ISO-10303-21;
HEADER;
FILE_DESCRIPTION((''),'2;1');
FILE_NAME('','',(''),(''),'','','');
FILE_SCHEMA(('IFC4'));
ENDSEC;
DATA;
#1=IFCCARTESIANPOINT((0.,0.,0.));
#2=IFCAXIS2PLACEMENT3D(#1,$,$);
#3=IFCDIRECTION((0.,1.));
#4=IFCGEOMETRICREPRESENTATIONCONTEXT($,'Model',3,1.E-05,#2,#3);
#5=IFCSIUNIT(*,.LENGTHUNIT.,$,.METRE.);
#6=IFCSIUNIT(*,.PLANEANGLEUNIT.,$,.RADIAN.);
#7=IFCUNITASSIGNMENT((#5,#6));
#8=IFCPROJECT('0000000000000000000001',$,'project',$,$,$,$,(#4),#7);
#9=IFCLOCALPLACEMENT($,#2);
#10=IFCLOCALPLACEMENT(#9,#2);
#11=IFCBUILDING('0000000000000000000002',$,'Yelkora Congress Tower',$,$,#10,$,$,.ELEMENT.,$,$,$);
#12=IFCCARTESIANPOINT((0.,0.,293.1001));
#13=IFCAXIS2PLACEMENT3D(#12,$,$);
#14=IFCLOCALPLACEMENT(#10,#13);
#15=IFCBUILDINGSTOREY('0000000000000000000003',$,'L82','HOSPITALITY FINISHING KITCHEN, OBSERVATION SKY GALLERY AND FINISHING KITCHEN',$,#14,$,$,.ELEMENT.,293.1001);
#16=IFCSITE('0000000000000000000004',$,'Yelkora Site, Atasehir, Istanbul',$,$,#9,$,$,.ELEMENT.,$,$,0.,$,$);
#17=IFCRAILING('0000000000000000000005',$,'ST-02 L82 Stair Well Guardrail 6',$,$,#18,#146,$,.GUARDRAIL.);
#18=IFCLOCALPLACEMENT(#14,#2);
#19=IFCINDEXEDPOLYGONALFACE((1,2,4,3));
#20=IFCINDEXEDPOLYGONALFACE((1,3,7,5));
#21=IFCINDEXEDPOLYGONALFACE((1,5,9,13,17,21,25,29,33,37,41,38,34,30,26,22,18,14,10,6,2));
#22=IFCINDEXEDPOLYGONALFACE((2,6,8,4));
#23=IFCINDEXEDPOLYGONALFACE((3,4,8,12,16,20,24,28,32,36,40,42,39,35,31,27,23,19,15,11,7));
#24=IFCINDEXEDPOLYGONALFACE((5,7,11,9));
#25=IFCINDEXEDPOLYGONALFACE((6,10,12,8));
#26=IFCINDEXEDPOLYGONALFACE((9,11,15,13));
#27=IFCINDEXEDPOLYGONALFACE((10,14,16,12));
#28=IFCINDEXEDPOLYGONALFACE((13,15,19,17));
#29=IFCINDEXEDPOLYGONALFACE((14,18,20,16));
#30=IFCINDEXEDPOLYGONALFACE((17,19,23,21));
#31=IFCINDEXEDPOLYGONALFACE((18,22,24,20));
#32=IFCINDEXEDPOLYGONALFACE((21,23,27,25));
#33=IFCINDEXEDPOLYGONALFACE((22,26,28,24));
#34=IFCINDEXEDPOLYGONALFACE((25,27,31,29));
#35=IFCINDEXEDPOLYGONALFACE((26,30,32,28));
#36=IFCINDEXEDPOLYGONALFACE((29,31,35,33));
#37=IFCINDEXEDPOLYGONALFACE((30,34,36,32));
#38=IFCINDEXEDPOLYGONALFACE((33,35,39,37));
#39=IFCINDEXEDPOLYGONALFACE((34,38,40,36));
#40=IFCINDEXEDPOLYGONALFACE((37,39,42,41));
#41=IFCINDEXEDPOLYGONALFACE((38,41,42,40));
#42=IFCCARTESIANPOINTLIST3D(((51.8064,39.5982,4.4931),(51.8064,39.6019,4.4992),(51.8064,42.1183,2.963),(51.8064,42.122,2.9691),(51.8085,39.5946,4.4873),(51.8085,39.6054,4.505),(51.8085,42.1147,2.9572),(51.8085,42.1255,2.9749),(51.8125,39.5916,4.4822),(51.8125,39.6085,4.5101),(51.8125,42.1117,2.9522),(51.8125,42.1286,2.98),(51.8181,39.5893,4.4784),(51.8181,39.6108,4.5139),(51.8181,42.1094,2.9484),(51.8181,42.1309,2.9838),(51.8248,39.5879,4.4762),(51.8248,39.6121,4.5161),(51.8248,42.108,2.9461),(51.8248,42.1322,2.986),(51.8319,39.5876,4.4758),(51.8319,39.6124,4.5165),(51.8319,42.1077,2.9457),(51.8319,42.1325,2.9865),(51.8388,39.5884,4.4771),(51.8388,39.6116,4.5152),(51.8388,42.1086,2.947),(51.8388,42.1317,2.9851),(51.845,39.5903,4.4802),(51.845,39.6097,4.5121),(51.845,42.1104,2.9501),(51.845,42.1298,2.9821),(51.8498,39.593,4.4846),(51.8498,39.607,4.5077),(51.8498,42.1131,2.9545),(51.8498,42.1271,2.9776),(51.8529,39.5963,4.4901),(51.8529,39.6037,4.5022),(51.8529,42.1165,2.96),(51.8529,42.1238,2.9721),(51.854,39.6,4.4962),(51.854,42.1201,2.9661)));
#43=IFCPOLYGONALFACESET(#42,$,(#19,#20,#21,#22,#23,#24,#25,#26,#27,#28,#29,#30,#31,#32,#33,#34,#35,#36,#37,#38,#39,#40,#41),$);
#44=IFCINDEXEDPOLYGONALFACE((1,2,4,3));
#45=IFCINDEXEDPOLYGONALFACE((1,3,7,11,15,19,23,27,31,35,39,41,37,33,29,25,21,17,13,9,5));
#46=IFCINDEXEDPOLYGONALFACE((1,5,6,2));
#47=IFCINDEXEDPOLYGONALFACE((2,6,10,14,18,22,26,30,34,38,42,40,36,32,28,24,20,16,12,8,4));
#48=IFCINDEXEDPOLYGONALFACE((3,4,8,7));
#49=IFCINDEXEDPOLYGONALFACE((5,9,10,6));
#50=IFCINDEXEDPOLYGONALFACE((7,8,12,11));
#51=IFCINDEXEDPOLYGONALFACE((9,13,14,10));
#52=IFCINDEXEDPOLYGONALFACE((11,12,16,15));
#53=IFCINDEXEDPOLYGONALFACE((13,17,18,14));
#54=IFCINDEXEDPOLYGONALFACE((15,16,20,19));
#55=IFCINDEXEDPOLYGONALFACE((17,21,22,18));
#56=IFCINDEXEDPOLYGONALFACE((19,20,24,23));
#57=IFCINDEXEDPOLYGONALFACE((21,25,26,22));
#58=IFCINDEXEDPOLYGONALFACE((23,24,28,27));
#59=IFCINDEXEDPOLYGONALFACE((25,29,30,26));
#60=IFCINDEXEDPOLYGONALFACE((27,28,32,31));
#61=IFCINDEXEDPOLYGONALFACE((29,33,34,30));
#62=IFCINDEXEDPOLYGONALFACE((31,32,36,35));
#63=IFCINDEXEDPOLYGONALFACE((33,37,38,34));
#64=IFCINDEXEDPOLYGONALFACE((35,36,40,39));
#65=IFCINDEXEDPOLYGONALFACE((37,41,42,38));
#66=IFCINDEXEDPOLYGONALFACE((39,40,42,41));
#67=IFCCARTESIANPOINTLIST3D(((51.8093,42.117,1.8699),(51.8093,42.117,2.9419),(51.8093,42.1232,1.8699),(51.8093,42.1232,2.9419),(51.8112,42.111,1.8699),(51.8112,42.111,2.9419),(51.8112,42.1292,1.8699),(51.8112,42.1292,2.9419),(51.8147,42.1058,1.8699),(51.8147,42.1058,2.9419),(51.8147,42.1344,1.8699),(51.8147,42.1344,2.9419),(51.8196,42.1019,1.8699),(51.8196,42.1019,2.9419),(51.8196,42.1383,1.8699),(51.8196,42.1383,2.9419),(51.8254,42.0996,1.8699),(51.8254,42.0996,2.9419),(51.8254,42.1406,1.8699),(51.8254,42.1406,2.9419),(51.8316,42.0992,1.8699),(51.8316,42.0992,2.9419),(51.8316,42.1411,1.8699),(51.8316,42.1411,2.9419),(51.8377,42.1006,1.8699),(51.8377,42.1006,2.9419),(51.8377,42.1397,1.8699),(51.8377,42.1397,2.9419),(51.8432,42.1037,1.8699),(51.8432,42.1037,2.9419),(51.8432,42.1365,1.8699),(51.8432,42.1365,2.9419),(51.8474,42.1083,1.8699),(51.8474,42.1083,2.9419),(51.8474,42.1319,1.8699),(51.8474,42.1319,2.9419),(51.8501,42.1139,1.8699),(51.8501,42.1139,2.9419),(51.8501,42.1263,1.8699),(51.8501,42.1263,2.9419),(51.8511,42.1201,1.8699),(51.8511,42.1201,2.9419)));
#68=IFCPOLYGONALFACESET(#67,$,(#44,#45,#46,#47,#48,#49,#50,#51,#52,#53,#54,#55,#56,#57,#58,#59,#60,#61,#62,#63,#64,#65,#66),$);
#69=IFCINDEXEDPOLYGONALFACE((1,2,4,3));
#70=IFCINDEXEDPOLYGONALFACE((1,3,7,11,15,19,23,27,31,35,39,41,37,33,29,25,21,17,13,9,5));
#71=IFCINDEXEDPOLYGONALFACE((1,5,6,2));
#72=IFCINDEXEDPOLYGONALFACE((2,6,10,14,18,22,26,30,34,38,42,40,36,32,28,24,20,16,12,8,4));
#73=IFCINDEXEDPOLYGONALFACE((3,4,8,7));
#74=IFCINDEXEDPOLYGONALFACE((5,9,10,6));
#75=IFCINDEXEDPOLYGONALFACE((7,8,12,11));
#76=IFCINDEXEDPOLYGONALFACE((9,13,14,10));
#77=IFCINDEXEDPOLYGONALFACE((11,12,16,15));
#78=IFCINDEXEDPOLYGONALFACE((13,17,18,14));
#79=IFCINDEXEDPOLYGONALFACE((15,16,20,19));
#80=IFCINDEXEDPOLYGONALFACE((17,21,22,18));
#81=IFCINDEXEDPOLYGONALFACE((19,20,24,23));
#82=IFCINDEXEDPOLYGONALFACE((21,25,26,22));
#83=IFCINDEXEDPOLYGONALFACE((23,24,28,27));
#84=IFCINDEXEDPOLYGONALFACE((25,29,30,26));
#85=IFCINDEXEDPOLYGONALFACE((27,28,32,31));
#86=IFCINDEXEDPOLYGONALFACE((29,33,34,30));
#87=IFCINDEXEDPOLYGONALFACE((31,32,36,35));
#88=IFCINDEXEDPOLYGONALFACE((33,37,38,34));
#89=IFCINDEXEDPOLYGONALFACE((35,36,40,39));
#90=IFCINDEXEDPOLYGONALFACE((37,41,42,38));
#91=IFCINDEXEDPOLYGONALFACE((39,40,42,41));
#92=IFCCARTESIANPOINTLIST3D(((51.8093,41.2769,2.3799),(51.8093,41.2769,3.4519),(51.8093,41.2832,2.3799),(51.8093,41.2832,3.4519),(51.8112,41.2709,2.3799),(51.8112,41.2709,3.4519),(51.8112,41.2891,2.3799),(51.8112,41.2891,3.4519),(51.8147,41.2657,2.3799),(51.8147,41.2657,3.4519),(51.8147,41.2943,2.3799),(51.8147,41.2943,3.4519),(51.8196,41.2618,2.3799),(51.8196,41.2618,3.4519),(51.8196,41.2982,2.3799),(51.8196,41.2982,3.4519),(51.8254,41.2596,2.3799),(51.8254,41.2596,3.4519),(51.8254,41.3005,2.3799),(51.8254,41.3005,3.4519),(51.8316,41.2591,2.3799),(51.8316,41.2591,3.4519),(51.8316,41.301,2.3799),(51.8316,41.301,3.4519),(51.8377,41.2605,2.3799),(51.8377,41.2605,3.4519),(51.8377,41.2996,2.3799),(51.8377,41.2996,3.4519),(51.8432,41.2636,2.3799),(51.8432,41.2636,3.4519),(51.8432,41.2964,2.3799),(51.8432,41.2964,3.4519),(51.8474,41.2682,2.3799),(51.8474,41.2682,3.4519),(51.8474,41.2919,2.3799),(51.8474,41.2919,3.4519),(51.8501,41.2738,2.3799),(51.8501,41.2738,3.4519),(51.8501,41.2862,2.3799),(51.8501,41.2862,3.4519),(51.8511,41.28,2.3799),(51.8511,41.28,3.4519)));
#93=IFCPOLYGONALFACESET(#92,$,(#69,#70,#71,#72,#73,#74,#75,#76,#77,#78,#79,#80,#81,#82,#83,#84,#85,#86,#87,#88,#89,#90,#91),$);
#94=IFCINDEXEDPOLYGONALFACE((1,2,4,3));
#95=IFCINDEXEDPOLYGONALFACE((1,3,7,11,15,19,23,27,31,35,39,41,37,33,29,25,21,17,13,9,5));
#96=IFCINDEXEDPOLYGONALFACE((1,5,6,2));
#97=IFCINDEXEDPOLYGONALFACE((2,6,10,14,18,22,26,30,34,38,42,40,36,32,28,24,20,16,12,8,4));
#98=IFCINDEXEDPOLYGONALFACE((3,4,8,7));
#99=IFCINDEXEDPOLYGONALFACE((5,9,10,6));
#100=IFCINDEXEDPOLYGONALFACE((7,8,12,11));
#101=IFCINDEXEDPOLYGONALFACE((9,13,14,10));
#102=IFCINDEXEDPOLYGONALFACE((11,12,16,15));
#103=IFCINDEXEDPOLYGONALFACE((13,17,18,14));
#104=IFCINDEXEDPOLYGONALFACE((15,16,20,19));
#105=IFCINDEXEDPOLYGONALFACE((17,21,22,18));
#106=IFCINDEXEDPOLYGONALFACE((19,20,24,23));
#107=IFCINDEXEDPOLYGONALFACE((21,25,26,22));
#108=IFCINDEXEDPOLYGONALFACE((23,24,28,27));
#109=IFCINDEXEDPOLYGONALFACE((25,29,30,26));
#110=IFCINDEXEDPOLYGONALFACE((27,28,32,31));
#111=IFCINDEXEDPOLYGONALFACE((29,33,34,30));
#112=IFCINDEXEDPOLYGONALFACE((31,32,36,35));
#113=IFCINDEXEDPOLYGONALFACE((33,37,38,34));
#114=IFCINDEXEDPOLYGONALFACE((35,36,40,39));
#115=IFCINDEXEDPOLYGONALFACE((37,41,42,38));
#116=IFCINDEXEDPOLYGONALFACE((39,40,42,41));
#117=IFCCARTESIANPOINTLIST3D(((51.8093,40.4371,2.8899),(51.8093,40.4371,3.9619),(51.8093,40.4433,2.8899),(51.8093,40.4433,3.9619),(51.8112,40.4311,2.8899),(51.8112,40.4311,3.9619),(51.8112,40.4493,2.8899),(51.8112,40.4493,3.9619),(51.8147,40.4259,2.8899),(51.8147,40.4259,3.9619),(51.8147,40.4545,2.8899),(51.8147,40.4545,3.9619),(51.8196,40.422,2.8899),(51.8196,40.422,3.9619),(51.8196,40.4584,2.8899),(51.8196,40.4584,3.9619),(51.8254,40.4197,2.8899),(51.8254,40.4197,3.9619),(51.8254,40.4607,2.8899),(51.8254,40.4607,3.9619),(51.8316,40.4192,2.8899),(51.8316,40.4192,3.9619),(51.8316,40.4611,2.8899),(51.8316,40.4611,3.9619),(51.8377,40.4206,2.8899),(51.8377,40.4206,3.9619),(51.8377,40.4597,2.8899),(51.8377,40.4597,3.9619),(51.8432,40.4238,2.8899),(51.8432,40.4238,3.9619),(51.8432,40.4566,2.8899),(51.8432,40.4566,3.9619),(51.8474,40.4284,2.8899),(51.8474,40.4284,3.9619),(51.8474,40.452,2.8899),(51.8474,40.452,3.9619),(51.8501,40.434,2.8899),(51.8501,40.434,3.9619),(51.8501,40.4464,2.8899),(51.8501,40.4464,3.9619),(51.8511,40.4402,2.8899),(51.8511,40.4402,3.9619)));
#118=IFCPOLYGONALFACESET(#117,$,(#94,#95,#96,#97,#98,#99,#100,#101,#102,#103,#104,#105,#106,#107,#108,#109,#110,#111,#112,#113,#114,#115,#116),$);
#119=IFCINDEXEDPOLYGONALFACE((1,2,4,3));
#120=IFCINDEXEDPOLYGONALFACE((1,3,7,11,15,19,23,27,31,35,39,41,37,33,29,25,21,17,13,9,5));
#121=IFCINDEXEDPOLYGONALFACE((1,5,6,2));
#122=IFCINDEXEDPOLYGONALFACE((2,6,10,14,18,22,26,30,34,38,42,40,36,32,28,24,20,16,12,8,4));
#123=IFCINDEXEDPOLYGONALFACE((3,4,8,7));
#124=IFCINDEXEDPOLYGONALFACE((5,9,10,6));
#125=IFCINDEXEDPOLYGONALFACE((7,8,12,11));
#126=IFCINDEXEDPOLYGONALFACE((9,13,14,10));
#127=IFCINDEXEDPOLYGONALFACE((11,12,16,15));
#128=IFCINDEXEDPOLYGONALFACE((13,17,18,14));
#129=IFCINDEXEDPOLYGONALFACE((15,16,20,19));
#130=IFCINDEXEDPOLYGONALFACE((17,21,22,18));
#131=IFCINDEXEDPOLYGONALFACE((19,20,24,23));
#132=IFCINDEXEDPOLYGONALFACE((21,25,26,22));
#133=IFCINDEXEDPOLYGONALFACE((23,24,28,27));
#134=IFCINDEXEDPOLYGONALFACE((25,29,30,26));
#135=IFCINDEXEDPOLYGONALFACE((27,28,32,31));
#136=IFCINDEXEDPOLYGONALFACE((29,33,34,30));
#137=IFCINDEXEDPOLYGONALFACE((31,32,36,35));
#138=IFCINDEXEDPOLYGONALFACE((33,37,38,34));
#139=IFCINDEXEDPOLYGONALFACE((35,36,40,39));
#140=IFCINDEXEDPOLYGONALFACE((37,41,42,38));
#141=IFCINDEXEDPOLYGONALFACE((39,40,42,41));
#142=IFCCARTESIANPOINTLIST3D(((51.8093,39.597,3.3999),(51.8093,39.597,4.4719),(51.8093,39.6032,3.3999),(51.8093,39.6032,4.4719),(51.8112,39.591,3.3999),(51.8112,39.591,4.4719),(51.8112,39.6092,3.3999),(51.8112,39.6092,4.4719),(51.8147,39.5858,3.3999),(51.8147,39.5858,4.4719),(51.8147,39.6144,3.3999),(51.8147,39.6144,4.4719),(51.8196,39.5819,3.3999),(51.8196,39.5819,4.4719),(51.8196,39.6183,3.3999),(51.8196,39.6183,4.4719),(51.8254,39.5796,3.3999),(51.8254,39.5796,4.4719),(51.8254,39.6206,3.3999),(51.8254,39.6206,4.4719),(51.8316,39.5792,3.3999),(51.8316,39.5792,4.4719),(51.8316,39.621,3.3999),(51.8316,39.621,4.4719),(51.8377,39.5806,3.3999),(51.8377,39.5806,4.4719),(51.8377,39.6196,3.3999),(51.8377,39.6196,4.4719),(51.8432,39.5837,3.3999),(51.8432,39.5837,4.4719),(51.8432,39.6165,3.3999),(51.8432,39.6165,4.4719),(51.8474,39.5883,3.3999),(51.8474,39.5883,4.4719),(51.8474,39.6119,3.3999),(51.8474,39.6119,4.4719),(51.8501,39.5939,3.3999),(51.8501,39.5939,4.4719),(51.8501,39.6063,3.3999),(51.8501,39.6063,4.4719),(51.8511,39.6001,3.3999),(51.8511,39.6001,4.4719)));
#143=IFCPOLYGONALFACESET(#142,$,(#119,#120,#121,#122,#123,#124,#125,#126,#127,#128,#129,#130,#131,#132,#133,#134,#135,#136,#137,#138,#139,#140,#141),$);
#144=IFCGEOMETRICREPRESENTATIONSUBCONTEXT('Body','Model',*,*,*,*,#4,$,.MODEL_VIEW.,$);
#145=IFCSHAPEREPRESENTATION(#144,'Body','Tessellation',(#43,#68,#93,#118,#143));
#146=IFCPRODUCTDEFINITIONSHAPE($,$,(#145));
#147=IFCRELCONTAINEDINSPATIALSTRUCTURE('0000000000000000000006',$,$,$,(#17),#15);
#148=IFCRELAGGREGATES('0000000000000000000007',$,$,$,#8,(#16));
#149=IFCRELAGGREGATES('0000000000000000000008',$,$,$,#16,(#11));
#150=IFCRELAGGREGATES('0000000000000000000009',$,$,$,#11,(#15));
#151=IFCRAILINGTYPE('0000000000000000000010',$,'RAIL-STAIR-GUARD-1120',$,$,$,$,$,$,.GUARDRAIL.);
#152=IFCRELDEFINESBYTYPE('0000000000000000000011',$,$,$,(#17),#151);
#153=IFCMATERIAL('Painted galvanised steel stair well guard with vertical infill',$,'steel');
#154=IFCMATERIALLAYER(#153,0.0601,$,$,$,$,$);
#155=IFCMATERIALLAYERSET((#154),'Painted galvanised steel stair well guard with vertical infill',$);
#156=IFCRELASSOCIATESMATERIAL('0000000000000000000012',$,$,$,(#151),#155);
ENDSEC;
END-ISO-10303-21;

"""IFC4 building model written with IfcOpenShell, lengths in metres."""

from ifc_helpers import new_model, si_unit, direction, frame, origin, origin_2d, place, context, subcontext, project, spatial, circle, extrude, material, layer, layer_set, type_object, element, save


model = new_model("IFC4")

# Units and contexts
model_context = context("Model", 3, precision=1e-05, world=origin(), true_north=direction((0.0, 1.0)))
body_context = subcontext(model_context, "Body", "Model", "MODEL_VIEW")
ifc_project = project(units=[si_unit("LENGTHUNIT", "METRE"), si_unit("PLANEANGLEUNIT", "RADIAN")], contexts=[model_context])

# Site, building, storey
site_placement = place(None, origin())
site = spatial("IfcSite", under=ifc_project, at=site_placement, Name="Yelkora Site, Atasehir, Istanbul", CompositionType="ELEMENT", RefElevation=0.0)
building_placement = place(site_placement, origin())
building = spatial("IfcBuilding", under=site, at=building_placement, Name="Yelkora Congress Tower", CompositionType="ELEMENT")
storey_placement = place(building_placement, frame((0.0, 0.0, 293.1001)))
storey = spatial("IfcBuildingStorey", under=building, at=storey_placement, Name="L82", Description="HOSPITALITY FINISHING KITCHEN, OBSERVATION SKY GALLERY AND FINISHING KITCHEN", CompositionType="ELEMENT", Elevation=293.1001)

# Railing
ifc_material_1 = material(Name="Painted galvanised steel stair well guard with vertical infill", Category="steel")
ifc_layer_1 = layer(ifc_material_1, 0.0601)
ifc_layer_set_1 = layer_set([ifc_layer_1], Name="Painted galvanised steel stair well guard with vertical infill")
railing_type_1 = type_object("IfcRailingType", Name="RAIL-STAIR-GUARD-1120", PredefinedType="GUARDRAIL", material=ifc_layer_set_1)
railing_1_placement = place(storey_placement, frame((51.8301, 42.1201, 1.8699)))
element("IfcRailing", 1, at=railing_1_placement, inside=storey, type_object=railing_type_1, Name="ST-02 L82 Stair Well Guardrail 6", PredefinedType="GUARDRAIL", context=body_context, shape_type="SweptSolid", body=[
    extrude(circle(Radius=0.0239, at=origin_2d()), frame((0.0, 0.0, 1.0962), z_axis=(0.0, -0.854785, 0.518982), x_axis=(1.0, 0.0, 0.0)), (0.0, 0.0, 1.0), 2.9482),
    extrude(circle(Radius=0.021, at=origin_2d()), origin(), (0.0, 0.0, 1.0), 1.072),
    extrude(circle(Radius=0.021, at=origin_2d()), frame((0.0, -0.8401, 0.51)), (0.0, 0.0, 1.0), 1.072),
    extrude(circle(Radius=0.021, at=origin_2d()), frame((0.0, -1.6799, 1.02)), (0.0, 0.0, 1.0), 1.072),
    extrude(circle(Radius=0.021, at=origin_2d()), frame((0.0, -2.52, 1.53)), (0.0, 0.0, 1.0), 1.072),
])

save(model, "model.ifc")
